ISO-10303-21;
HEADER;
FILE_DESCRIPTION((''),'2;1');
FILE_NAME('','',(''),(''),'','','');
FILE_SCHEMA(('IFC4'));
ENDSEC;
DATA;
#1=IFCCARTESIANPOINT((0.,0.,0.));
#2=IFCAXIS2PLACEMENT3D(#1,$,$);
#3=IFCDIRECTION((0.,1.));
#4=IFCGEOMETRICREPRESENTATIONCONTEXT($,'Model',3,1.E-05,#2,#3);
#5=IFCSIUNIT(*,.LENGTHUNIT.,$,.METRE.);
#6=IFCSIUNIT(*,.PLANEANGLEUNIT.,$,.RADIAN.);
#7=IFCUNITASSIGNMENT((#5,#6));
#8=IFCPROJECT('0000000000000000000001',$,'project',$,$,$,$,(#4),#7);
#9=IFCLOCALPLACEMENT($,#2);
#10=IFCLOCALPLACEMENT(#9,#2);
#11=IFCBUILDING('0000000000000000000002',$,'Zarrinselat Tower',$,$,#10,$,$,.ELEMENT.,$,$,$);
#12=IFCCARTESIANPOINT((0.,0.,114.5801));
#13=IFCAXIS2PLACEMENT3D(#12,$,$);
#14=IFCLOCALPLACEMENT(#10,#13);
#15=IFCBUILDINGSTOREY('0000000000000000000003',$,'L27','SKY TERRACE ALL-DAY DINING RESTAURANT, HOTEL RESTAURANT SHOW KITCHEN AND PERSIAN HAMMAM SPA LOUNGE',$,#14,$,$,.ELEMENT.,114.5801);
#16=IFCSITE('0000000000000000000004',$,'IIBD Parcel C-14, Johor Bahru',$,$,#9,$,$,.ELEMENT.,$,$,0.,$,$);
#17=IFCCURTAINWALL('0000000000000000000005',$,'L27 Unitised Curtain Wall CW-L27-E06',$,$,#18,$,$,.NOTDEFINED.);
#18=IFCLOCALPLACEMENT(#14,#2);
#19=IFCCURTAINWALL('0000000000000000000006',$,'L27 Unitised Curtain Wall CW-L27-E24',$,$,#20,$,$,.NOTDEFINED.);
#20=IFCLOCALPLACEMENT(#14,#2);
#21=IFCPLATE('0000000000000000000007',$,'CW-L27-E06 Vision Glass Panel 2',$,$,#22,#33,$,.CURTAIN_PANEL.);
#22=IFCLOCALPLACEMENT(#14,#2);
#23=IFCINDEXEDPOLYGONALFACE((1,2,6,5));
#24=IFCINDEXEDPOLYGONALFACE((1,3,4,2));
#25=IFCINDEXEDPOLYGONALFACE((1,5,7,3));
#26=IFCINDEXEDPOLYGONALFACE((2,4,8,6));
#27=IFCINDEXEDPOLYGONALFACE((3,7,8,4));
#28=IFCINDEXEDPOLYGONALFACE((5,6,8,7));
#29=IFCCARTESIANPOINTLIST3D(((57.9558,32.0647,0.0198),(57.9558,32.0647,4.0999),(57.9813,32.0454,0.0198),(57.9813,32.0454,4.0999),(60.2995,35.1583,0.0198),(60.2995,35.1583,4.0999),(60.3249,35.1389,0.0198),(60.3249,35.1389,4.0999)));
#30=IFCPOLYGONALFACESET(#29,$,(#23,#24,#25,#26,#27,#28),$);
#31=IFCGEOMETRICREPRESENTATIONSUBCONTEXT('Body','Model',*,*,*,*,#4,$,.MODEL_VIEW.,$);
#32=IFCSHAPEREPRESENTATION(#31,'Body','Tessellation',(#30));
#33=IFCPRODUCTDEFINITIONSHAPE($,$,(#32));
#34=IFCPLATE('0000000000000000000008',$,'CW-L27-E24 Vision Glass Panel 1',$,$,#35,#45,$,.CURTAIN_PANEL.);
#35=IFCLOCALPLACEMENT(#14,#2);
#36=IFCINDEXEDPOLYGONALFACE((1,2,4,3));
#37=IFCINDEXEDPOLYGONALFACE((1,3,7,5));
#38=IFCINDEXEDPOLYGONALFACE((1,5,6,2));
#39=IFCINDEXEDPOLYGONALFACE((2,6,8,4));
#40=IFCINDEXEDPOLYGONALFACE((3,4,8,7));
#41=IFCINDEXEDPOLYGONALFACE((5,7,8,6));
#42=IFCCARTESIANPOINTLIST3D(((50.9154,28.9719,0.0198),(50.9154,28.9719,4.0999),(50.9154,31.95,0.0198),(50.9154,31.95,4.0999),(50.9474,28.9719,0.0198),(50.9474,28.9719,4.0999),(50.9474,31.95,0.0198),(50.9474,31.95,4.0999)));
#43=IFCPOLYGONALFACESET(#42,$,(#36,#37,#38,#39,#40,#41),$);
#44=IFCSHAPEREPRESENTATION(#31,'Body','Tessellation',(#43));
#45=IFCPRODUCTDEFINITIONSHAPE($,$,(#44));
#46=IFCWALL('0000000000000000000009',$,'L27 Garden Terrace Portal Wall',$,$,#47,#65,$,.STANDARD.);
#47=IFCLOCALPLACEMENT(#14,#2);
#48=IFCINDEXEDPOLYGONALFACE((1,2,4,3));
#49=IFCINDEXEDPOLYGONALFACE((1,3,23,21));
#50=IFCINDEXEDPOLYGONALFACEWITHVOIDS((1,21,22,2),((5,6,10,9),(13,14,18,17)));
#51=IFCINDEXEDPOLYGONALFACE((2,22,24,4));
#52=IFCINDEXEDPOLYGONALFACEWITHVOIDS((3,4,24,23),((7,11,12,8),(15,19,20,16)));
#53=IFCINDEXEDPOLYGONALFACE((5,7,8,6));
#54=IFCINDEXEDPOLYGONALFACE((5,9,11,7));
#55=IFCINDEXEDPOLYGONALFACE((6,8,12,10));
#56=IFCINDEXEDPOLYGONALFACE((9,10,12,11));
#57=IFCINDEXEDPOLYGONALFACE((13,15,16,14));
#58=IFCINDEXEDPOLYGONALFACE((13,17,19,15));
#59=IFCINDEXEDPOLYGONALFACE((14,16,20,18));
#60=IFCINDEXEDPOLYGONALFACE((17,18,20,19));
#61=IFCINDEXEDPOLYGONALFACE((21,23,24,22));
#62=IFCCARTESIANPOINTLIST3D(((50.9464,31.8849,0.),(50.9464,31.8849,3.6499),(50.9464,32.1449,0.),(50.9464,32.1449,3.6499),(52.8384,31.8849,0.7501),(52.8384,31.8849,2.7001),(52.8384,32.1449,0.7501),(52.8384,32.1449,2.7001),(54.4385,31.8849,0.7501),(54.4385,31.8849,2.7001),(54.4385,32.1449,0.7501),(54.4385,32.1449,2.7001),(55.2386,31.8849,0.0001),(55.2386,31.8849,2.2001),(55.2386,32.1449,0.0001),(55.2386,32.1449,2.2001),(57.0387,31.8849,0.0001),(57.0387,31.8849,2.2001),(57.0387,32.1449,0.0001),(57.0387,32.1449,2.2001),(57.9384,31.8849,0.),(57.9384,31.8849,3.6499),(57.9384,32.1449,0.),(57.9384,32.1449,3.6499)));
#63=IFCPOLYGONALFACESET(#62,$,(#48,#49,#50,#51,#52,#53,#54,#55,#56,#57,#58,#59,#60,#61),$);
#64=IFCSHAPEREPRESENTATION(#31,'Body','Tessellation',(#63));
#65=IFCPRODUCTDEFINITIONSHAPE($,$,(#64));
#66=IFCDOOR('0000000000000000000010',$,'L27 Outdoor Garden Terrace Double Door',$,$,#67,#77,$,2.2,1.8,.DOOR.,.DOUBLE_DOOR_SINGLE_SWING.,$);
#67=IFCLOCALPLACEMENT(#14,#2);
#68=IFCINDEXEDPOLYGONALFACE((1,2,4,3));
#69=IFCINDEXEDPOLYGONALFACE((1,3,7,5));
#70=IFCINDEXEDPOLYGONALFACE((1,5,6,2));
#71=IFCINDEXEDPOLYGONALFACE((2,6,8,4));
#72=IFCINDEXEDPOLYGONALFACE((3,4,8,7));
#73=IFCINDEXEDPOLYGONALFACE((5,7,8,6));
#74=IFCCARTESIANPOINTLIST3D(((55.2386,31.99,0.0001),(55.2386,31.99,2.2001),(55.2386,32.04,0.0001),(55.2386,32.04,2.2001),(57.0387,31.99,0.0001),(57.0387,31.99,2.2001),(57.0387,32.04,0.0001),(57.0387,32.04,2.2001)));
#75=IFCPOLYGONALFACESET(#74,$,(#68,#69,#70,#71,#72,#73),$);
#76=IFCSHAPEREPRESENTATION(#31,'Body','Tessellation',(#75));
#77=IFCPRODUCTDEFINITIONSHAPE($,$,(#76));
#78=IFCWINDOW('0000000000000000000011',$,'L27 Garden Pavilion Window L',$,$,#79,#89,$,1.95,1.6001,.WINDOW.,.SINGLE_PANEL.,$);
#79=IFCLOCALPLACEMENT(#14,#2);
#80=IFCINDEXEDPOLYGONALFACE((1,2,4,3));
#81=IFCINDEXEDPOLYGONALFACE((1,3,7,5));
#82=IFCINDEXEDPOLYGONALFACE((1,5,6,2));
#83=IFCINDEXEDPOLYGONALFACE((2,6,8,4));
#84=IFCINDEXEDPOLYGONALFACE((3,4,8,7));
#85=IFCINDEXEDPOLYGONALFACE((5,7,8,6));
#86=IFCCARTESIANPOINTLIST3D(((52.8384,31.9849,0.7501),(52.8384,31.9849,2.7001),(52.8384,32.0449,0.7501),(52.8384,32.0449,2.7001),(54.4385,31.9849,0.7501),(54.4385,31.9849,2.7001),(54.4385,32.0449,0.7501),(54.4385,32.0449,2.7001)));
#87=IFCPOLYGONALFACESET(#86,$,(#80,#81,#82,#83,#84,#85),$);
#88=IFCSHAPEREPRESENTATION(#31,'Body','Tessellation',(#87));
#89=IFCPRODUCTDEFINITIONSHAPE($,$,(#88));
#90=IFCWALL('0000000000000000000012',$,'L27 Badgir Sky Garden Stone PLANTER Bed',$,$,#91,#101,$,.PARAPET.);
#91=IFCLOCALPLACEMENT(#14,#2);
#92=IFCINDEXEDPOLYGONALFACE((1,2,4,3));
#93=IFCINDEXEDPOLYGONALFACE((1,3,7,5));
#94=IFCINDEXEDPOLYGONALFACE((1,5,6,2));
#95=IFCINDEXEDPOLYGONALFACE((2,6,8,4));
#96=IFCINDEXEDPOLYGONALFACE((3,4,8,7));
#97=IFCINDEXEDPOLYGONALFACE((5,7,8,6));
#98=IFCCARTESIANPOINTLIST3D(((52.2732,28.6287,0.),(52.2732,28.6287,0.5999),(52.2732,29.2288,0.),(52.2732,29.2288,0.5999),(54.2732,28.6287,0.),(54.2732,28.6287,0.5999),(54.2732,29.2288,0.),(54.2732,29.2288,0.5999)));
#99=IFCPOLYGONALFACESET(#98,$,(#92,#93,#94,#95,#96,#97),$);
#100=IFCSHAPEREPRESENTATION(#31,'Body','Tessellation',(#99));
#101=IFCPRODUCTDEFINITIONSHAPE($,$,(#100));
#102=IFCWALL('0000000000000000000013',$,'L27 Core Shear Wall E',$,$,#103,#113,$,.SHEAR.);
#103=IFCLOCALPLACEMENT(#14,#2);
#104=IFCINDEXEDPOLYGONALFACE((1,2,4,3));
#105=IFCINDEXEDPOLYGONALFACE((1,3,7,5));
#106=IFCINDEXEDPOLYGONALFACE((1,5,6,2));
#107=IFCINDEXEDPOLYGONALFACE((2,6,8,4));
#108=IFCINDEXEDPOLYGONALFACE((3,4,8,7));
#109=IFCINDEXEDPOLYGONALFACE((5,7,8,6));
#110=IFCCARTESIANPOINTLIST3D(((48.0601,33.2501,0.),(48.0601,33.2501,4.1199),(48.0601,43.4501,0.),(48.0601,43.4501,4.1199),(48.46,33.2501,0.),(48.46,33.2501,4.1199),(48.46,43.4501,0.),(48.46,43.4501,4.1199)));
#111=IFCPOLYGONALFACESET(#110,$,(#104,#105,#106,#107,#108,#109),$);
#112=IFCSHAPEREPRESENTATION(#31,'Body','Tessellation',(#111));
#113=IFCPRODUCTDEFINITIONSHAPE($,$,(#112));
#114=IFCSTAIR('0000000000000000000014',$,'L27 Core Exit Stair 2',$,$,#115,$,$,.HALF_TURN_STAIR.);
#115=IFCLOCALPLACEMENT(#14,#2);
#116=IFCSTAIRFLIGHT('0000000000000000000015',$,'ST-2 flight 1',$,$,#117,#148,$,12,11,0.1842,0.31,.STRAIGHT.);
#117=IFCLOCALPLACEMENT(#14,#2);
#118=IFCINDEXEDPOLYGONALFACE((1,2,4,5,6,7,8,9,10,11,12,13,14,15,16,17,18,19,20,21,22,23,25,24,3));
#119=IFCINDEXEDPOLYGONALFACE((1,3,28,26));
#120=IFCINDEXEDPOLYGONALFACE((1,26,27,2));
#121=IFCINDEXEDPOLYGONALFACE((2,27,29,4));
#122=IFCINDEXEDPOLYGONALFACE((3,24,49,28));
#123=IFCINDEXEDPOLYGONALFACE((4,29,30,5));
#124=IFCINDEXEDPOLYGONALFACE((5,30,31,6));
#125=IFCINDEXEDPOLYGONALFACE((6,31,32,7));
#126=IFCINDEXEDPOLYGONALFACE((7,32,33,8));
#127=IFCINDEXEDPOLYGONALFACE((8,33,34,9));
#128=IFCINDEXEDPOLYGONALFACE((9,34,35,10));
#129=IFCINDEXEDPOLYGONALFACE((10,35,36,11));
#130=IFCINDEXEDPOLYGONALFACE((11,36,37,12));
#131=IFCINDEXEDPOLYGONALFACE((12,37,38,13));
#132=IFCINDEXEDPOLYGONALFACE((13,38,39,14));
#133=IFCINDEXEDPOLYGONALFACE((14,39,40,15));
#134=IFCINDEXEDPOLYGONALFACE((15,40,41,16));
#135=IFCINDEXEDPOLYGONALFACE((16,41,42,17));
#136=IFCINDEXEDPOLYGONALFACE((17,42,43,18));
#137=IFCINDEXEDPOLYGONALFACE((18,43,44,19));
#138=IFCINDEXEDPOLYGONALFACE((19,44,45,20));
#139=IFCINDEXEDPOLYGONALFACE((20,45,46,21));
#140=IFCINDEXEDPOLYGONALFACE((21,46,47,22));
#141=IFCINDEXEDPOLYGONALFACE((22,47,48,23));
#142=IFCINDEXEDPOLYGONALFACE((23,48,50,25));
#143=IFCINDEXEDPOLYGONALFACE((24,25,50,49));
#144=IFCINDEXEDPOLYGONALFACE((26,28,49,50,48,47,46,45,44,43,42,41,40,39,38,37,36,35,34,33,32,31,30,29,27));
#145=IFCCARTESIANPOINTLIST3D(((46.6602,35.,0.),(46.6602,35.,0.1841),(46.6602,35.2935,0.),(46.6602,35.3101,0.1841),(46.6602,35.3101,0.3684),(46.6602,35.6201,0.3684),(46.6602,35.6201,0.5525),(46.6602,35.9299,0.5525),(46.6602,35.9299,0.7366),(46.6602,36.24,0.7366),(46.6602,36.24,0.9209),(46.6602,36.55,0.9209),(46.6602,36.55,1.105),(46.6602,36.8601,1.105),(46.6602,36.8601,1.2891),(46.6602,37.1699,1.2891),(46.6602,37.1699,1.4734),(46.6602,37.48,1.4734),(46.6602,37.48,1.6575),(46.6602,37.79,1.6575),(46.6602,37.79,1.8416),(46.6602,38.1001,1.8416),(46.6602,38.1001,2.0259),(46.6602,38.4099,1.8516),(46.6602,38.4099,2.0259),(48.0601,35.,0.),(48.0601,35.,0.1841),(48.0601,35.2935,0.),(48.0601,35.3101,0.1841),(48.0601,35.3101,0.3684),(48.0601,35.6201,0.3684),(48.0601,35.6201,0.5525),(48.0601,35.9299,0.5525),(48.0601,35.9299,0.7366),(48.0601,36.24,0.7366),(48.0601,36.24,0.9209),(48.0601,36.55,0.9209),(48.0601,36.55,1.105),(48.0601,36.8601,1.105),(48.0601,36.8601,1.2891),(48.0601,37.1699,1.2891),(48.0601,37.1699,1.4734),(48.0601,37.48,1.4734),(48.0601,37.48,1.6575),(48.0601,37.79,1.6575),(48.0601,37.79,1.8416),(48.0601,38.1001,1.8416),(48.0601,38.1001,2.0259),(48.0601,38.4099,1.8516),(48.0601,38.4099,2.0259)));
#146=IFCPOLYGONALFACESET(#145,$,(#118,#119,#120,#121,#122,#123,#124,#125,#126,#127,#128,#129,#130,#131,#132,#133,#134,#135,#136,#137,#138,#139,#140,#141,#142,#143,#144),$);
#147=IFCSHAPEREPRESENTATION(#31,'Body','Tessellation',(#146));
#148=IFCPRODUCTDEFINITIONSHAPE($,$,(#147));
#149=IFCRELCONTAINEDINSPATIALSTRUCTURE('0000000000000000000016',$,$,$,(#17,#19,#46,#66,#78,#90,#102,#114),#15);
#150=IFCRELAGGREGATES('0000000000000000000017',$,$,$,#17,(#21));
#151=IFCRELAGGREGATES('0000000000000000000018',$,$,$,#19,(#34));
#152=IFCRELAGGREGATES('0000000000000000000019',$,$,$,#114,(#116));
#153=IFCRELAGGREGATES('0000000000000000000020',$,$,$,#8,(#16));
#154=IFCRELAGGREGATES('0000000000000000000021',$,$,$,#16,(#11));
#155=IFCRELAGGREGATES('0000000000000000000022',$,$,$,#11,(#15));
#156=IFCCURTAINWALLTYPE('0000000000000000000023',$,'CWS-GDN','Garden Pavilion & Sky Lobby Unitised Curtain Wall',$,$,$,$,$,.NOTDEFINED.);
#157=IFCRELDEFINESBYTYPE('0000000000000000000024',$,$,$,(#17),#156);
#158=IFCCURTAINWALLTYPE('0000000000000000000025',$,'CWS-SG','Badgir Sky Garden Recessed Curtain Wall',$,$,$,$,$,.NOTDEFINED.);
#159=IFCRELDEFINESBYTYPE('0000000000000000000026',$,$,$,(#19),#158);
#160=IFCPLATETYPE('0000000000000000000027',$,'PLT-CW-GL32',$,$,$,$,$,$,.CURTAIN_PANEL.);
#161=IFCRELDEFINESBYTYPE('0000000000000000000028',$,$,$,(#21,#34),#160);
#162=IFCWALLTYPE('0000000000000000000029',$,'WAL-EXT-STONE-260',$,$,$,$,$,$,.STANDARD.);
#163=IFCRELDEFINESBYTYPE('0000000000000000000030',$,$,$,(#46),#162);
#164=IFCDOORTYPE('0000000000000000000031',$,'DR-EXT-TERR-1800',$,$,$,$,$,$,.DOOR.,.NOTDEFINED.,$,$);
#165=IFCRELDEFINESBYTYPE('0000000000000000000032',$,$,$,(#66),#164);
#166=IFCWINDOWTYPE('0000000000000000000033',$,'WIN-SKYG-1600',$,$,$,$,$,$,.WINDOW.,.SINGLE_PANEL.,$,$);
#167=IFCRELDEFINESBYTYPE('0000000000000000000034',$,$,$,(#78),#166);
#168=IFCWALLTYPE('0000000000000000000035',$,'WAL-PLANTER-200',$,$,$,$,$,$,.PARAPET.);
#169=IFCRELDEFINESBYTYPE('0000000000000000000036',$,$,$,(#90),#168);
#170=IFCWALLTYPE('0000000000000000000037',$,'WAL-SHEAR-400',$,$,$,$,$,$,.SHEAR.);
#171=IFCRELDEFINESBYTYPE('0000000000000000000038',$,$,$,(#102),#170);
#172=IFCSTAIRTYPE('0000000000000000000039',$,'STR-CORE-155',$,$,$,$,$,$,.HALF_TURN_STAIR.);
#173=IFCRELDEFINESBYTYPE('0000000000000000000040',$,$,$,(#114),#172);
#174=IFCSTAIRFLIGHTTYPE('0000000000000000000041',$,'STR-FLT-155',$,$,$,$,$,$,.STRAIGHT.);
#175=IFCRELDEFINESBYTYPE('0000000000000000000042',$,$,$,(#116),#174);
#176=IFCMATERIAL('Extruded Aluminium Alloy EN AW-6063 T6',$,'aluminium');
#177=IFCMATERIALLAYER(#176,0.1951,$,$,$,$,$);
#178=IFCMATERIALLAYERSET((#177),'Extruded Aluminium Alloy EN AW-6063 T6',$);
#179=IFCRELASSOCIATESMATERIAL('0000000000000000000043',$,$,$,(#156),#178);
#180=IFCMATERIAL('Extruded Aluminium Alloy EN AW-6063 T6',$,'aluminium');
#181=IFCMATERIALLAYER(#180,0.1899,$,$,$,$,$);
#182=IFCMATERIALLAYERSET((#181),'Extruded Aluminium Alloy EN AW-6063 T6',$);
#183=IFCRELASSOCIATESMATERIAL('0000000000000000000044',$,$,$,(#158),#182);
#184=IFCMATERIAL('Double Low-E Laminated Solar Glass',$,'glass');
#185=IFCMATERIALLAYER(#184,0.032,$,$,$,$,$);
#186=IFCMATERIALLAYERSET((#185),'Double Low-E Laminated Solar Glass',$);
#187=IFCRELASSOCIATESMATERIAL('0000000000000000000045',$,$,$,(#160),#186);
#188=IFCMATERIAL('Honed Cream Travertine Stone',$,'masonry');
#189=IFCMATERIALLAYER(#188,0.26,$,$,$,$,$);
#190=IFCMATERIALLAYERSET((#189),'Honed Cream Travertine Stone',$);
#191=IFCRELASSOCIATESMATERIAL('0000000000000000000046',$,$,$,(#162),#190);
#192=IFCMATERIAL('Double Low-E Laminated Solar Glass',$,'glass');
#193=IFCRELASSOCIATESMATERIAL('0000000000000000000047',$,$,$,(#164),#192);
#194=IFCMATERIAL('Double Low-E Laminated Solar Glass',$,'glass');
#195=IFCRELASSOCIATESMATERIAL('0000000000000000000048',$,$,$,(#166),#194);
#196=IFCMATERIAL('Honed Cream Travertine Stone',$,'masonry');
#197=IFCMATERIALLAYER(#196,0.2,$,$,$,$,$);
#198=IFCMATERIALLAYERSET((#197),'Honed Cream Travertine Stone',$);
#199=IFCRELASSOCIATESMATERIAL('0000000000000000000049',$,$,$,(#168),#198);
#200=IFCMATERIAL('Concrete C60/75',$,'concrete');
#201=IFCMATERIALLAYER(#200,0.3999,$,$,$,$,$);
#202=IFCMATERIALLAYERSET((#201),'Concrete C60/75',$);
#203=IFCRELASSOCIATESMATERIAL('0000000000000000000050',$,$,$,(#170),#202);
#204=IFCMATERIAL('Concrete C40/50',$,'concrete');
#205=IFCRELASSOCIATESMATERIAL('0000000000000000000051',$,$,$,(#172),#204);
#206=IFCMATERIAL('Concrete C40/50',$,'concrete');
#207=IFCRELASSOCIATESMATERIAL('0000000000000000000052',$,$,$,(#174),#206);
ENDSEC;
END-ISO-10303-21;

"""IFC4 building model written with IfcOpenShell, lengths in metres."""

from ifc_helpers import new_model, si_unit, direction, frame, frame_2d, origin, origin_2d, place, context, subcontext, project, spatial, polyline, rectangle, outline, extrude, material, layer, layer_set, type_object, element, fill, aggregate, save


model = new_model("IFC4")

# Units and contexts
model_context = context("Model", 3, precision=1e-05, world=origin(), true_north=direction((0.0, 1.0)))
body_context = subcontext(model_context, "Body", "Model", "MODEL_VIEW")
ifc_project = project(units=[si_unit("LENGTHUNIT", "METRE"), si_unit("PLANEANGLEUNIT", "RADIAN")], contexts=[model_context])

# Site, building, storey
site_placement = place(None, origin())
site = spatial("IfcSite", under=ifc_project, at=site_placement, Name="IIBD Parcel C-14, Johor Bahru", CompositionType="ELEMENT", RefElevation=0.0)
building_placement = place(site_placement, origin())
building = spatial("IfcBuilding", under=site, at=building_placement, Name="Zarrinselat Tower", CompositionType="ELEMENT")
storey_placement = place(building_placement, frame((0.0, 0.0, 114.5801)))
storey = spatial("IfcBuildingStorey", under=building, at=storey_placement, Name="L27", Description="SKY TERRACE ALL-DAY DINING RESTAURANT, HOTEL RESTAURANT SHOW KITCHEN AND PERSIAN HAMMAM SPA LOUNGE", CompositionType="ELEMENT", Elevation=114.5801)

# Curtain walls
ifc_material_1 = material(Name="Extruded Aluminium Alloy EN AW-6063 T6", Category="aluminium")
ifc_layer_1 = layer(ifc_material_1, 0.1951)
ifc_layer_set_1 = layer_set([ifc_layer_1], Name="Extruded Aluminium Alloy EN AW-6063 T6")
curtain_wall_type_1 = type_object("IfcCurtainWallType", Name="CWS-GDN", Description="Garden Pavilion & Sky Lobby Unitised Curtain Wall", PredefinedType="NOTDEFINED", material=ifc_layer_set_1)
curtain_wall_1_placement = place(storey_placement, origin())
curtain_wall_1 = element("IfcCurtainWall", 1, at=curtain_wall_1_placement, inside=storey, type_object=curtain_wall_type_1, Name="L27 Unitised Curtain Wall CW-L27-E06", PredefinedType="NOTDEFINED")
ifc_material_2 = material(Name="Extruded Aluminium Alloy EN AW-6063 T6", Category="aluminium")
ifc_layer_2 = layer(ifc_material_2, 0.1899)
ifc_layer_set_2 = layer_set([ifc_layer_2], Name="Extruded Aluminium Alloy EN AW-6063 T6")
curtain_wall_type_2 = type_object("IfcCurtainWallType", Name="CWS-SG", Description="Badgir Sky Garden Recessed Curtain Wall", PredefinedType="NOTDEFINED", material=ifc_layer_set_2)
curtain_wall_2_placement = place(storey_placement, origin())
curtain_wall_2 = element("IfcCurtainWall", 2, at=curtain_wall_2_placement, inside=storey, type_object=curtain_wall_type_2, Name="L27 Unitised Curtain Wall CW-L27-E24", PredefinedType="NOTDEFINED")

# Plates
ifc_material_3 = material(Name="Double Low-E Laminated Solar Glass", Category="glass")
ifc_layer_3 = layer(ifc_material_3, 0.032)
ifc_layer_set_3 = layer_set([ifc_layer_3], Name="Double Low-E Laminated Solar Glass")
plate_type = type_object("IfcPlateType", Name="PLT-CW-GL32", PredefinedType="CURTAIN_PANEL", material=ifc_layer_set_3)
plate_1_placement = place(storey_placement, frame((59.1404, 33.6018, 0.0198), z_axis=(0.0, 0.0, 1.0), x_axis=(-0.60386, -0.79709, 0.0)))
plate_1 = element("IfcPlate", 3, at=plate_1_placement, type_object=plate_type, Name="CW-L27-E06 Vision Glass Panel 2", PredefinedType="CURTAIN_PANEL", context=body_context, shape_type="SweptSolid", body=[
    extrude(rectangle(XDim=3.8811, YDim=0.032, at=origin_2d()), origin(), (0.0, 0.0, 1.0), 4.0801),
])
aggregate(curtain_wall_1, [plate_1])
plate_2_placement = place(storey_placement, frame((50.9314, 30.4609, 0.0198), z_axis=(0.0, 0.0, 1.0), x_axis=(0.0, -1.0, 0.0)))
plate_2 = element("IfcPlate", 4, at=plate_2_placement, type_object=plate_type, Name="CW-L27-E24 Vision Glass Panel 1", PredefinedType="CURTAIN_PANEL", context=body_context, shape_type="SweptSolid", body=[
    extrude(rectangle(XDim=2.978, YDim=0.032, at=origin_2d()), origin(), (0.0, 0.0, 1.0), 4.0801),
])
aggregate(curtain_wall_2, [plate_2])

# Wall, openings, door, window
ifc_material_4 = material(Name="Honed Cream Travertine Stone", Category="masonry")
ifc_layer_4 = layer(ifc_material_4, 0.26)
ifc_layer_set_4 = layer_set([ifc_layer_4], Name="Honed Cream Travertine Stone")
wall_type_1 = type_object("IfcWallType", Name="WAL-EXT-STONE-260", PredefinedType="STANDARD", material=ifc_layer_set_4)
wall_1_placement = place(storey_placement, frame((57.9385, 32.0149, 0.0), z_axis=(0.0, 0.0, 1.0), x_axis=(-1.0, 0.0, 0.0)))
wall_1 = element("IfcWall", 5, at=wall_1_placement, inside=storey, type_object=wall_type_1, Name="L27 Garden Terrace Portal Wall", PredefinedType="STANDARD", context=body_context, shape_type="SweptSolid", body=[
    extrude(rectangle(XDim=6.9919, YDim=0.26, at=frame_2d((3.4961, 0.0))), origin(), (0.0, 0.0, 1.0), 3.6499),
])
opening_1_placement = place(wall_1_placement, frame((0.8999, 0.0, 0.0)))
opening_1 = element("IfcOpeningElement", 6, at=opening_1_placement, cuts=wall_1, PredefinedType="OPENING", context=body_context, shape_type="SweptSolid", body=[
    extrude(rectangle(XDim=1.8, YDim=2.2, at=frame_2d((0.8999, 1.1001))), frame((0.0, 0.1399, 0.0), z_axis=(0.0, -1.0, 0.0), x_axis=(1.0, 0.0, 0.0)), (0.0, 0.0, 1.0), 0.28),
])
opening_2_placement = place(wall_1_placement, frame((3.5, 0.0, 0.75)))
opening_2 = element("IfcOpeningElement", 7, at=opening_2_placement, cuts=wall_1, PredefinedType="OPENING", context=body_context, shape_type="SweptSolid", body=[
    extrude(rectangle(XDim=1.6001, YDim=1.95, at=frame_2d((0.8, 0.9751))), frame((0.0, 0.1399, 0.0), z_axis=(0.0, -1.0, 0.0), x_axis=(1.0, 0.0, 0.0)), (0.0, 0.0, 1.0), 0.28),
])
ifc_material_5 = material(Name="Double Low-E Laminated Solar Glass", Category="glass")
door_type = type_object("IfcDoorType", Name="DR-EXT-TERR-1800", OperationType="NOTDEFINED", PredefinedType="DOOR", material=ifc_material_5)
door_placement = place(opening_1_placement, origin())
door = element("IfcDoor", 8, at=door_placement, inside=storey, type_object=door_type, Name="L27 Outdoor Garden Terrace Double Door", OperationType="DOUBLE_DOOR_SINGLE_SWING", OverallHeight=2.2, OverallWidth=1.8, PredefinedType="DOOR", context=body_context, shape_type="SweptSolid", body=[
    extrude(rectangle(XDim=1.8, YDim=2.2, at=frame_2d((0.8999, 1.1001))), frame((0.0, 0.0249, 0.0), z_axis=(0.0, -1.0, 0.0), x_axis=(1.0, 0.0, 0.0)), (0.0, 0.0, 1.0), 0.05),
])
fill(opening_1, door)
ifc_material_6 = material(Name="Double Low-E Laminated Solar Glass", Category="glass")
window_type = type_object("IfcWindowType", Name="WIN-SKYG-1600", PartitioningType="SINGLE_PANEL", PredefinedType="WINDOW", material=ifc_material_6)
window_placement = place(opening_2_placement, origin())
window = element("IfcWindow", 9, at=window_placement, inside=storey, type_object=window_type, Name="L27 Garden Pavilion Window L", OverallHeight=1.95, OverallWidth=1.6001, PartitioningType="SINGLE_PANEL", PredefinedType="WINDOW", context=body_context, shape_type="SweptSolid", body=[
    extrude(rectangle(XDim=1.6001, YDim=1.95, at=frame_2d((0.8, 0.9751))), frame((0.0, 0.03, 0.0), z_axis=(0.0, -1.0, 0.0), x_axis=(1.0, 0.0, 0.0)), (0.0, 0.0, 1.0), 0.0601),
])
fill(opening_2, window)

# Walls
ifc_material_7 = material(Name="Honed Cream Travertine Stone", Category="masonry")
ifc_layer_5 = layer(ifc_material_7, 0.2)
ifc_layer_set_5 = layer_set([ifc_layer_5], Name="Honed Cream Travertine Stone")
wall_type_2 = type_object("IfcWallType", Name="WAL-PLANTER-200", PredefinedType="PARAPET", material=ifc_layer_set_5)
wall_2_placement = place(storey_placement, frame((52.2732, 28.9287, 0.0), z_axis=(0.0, 0.0, 1.0), x_axis=(1.0, 0.0, 0.0)))
element("IfcWall", 10, at=wall_2_placement, inside=storey, type_object=wall_type_2, Name="L27 Badgir Sky Garden Stone PLANTER Bed", PredefinedType="PARAPET", context=body_context, shape_type="SweptSolid", body=[
    extrude(rectangle(XDim=2.0, YDim=0.6001, at=frame_2d((1.0, 0.0))), origin(), (0.0, 0.0, 1.0), 0.5999),
])
ifc_material_8 = material(Name="Concrete C60/75", Category="concrete")
ifc_layer_6 = layer(ifc_material_8, 0.3999)
ifc_layer_set_6 = layer_set([ifc_layer_6], Name="Concrete C60/75")
wall_type_3 = type_object("IfcWallType", Name="WAL-SHEAR-400", PredefinedType="SHEAR", material=ifc_layer_set_6)
wall_3_placement = place(storey_placement, frame((48.26, 33.25, 0.0), z_axis=(0.0, 0.0, 1.0), x_axis=(0.0, 1.0, 0.0)))
element("IfcWall", 11, at=wall_3_placement, inside=storey, type_object=wall_type_3, Name="L27 Core Shear Wall E", PredefinedType="SHEAR", context=body_context, shape_type="SweptSolid", body=[
    extrude(rectangle(XDim=10.2, YDim=0.3999, at=frame_2d((5.1001, 0.0))), origin(), (0.0, 0.0, 1.0), 4.1199),
])

# Stair, stair flight
ifc_material_9 = material(Name="Concrete C40/50", Category="concrete")
stair_type = type_object("IfcStairType", Name="STR-CORE-155", PredefinedType="HALF_TURN_STAIR", material=ifc_material_9)
stair_placement = place(storey_placement, origin())
stair = element("IfcStair", 12, at=stair_placement, inside=storey, type_object=stair_type, Name="L27 Core Exit Stair 2", PredefinedType="HALF_TURN_STAIR")
ifc_material_10 = material(Name="Concrete C40/50", Category="concrete")
stair_flight_type = type_object("IfcStairFlightType", Name="STR-FLT-155", PredefinedType="STRAIGHT", material=ifc_material_10)
stair_flight_placement = place(storey_placement, frame((47.3601, 35.0, 0.0), z_axis=(0.0, 0.0, 1.0), x_axis=(0.0, 1.0, 0.0)))
stair_flight = element("IfcStairFlight", 13, at=stair_flight_placement, type_object=stair_flight_type, Name="ST-2 flight 1", NumberOfRisers=12, NumberOfTreads=11, PredefinedType="STRAIGHT", RiserHeight=0.1842, TreadLength=0.31, context=body_context, shape_type="SweptSolid", body=[
    extrude(outline(polyline([(0.0, 0.0), (0.0, 0.1841), (0.3101, 0.1841), (0.3101, 0.3684), (0.6201, 0.3684), (0.6201, 0.5525), (0.9299, 0.5525), (0.9299, 0.7366), (1.24, 0.7366), (1.24, 0.9209), (1.55, 0.9209), (1.55, 1.105), (1.8601, 1.105), (1.8601, 1.2891), (2.1699, 1.2891), (2.1699, 1.4734), (2.48, 1.4734), (2.48, 1.6575), (2.79, 1.6575), (2.79, 1.8416), (3.1001, 1.8416), (3.1001, 2.0259), (3.4099, 2.0259), (3.4099, 2.21), (3.4099, 1.8516), (0.2935, 0.0), (0.0, 0.0)])), frame((0.0, 0.7, 0.0), z_axis=(0.0, -1.0, 0.0), x_axis=(1.0, 0.0, 0.0)), (0.0, 0.0, 1.0), 1.3999),
])
aggregate(stair, [stair_flight])

save(model, "model.ifc")
